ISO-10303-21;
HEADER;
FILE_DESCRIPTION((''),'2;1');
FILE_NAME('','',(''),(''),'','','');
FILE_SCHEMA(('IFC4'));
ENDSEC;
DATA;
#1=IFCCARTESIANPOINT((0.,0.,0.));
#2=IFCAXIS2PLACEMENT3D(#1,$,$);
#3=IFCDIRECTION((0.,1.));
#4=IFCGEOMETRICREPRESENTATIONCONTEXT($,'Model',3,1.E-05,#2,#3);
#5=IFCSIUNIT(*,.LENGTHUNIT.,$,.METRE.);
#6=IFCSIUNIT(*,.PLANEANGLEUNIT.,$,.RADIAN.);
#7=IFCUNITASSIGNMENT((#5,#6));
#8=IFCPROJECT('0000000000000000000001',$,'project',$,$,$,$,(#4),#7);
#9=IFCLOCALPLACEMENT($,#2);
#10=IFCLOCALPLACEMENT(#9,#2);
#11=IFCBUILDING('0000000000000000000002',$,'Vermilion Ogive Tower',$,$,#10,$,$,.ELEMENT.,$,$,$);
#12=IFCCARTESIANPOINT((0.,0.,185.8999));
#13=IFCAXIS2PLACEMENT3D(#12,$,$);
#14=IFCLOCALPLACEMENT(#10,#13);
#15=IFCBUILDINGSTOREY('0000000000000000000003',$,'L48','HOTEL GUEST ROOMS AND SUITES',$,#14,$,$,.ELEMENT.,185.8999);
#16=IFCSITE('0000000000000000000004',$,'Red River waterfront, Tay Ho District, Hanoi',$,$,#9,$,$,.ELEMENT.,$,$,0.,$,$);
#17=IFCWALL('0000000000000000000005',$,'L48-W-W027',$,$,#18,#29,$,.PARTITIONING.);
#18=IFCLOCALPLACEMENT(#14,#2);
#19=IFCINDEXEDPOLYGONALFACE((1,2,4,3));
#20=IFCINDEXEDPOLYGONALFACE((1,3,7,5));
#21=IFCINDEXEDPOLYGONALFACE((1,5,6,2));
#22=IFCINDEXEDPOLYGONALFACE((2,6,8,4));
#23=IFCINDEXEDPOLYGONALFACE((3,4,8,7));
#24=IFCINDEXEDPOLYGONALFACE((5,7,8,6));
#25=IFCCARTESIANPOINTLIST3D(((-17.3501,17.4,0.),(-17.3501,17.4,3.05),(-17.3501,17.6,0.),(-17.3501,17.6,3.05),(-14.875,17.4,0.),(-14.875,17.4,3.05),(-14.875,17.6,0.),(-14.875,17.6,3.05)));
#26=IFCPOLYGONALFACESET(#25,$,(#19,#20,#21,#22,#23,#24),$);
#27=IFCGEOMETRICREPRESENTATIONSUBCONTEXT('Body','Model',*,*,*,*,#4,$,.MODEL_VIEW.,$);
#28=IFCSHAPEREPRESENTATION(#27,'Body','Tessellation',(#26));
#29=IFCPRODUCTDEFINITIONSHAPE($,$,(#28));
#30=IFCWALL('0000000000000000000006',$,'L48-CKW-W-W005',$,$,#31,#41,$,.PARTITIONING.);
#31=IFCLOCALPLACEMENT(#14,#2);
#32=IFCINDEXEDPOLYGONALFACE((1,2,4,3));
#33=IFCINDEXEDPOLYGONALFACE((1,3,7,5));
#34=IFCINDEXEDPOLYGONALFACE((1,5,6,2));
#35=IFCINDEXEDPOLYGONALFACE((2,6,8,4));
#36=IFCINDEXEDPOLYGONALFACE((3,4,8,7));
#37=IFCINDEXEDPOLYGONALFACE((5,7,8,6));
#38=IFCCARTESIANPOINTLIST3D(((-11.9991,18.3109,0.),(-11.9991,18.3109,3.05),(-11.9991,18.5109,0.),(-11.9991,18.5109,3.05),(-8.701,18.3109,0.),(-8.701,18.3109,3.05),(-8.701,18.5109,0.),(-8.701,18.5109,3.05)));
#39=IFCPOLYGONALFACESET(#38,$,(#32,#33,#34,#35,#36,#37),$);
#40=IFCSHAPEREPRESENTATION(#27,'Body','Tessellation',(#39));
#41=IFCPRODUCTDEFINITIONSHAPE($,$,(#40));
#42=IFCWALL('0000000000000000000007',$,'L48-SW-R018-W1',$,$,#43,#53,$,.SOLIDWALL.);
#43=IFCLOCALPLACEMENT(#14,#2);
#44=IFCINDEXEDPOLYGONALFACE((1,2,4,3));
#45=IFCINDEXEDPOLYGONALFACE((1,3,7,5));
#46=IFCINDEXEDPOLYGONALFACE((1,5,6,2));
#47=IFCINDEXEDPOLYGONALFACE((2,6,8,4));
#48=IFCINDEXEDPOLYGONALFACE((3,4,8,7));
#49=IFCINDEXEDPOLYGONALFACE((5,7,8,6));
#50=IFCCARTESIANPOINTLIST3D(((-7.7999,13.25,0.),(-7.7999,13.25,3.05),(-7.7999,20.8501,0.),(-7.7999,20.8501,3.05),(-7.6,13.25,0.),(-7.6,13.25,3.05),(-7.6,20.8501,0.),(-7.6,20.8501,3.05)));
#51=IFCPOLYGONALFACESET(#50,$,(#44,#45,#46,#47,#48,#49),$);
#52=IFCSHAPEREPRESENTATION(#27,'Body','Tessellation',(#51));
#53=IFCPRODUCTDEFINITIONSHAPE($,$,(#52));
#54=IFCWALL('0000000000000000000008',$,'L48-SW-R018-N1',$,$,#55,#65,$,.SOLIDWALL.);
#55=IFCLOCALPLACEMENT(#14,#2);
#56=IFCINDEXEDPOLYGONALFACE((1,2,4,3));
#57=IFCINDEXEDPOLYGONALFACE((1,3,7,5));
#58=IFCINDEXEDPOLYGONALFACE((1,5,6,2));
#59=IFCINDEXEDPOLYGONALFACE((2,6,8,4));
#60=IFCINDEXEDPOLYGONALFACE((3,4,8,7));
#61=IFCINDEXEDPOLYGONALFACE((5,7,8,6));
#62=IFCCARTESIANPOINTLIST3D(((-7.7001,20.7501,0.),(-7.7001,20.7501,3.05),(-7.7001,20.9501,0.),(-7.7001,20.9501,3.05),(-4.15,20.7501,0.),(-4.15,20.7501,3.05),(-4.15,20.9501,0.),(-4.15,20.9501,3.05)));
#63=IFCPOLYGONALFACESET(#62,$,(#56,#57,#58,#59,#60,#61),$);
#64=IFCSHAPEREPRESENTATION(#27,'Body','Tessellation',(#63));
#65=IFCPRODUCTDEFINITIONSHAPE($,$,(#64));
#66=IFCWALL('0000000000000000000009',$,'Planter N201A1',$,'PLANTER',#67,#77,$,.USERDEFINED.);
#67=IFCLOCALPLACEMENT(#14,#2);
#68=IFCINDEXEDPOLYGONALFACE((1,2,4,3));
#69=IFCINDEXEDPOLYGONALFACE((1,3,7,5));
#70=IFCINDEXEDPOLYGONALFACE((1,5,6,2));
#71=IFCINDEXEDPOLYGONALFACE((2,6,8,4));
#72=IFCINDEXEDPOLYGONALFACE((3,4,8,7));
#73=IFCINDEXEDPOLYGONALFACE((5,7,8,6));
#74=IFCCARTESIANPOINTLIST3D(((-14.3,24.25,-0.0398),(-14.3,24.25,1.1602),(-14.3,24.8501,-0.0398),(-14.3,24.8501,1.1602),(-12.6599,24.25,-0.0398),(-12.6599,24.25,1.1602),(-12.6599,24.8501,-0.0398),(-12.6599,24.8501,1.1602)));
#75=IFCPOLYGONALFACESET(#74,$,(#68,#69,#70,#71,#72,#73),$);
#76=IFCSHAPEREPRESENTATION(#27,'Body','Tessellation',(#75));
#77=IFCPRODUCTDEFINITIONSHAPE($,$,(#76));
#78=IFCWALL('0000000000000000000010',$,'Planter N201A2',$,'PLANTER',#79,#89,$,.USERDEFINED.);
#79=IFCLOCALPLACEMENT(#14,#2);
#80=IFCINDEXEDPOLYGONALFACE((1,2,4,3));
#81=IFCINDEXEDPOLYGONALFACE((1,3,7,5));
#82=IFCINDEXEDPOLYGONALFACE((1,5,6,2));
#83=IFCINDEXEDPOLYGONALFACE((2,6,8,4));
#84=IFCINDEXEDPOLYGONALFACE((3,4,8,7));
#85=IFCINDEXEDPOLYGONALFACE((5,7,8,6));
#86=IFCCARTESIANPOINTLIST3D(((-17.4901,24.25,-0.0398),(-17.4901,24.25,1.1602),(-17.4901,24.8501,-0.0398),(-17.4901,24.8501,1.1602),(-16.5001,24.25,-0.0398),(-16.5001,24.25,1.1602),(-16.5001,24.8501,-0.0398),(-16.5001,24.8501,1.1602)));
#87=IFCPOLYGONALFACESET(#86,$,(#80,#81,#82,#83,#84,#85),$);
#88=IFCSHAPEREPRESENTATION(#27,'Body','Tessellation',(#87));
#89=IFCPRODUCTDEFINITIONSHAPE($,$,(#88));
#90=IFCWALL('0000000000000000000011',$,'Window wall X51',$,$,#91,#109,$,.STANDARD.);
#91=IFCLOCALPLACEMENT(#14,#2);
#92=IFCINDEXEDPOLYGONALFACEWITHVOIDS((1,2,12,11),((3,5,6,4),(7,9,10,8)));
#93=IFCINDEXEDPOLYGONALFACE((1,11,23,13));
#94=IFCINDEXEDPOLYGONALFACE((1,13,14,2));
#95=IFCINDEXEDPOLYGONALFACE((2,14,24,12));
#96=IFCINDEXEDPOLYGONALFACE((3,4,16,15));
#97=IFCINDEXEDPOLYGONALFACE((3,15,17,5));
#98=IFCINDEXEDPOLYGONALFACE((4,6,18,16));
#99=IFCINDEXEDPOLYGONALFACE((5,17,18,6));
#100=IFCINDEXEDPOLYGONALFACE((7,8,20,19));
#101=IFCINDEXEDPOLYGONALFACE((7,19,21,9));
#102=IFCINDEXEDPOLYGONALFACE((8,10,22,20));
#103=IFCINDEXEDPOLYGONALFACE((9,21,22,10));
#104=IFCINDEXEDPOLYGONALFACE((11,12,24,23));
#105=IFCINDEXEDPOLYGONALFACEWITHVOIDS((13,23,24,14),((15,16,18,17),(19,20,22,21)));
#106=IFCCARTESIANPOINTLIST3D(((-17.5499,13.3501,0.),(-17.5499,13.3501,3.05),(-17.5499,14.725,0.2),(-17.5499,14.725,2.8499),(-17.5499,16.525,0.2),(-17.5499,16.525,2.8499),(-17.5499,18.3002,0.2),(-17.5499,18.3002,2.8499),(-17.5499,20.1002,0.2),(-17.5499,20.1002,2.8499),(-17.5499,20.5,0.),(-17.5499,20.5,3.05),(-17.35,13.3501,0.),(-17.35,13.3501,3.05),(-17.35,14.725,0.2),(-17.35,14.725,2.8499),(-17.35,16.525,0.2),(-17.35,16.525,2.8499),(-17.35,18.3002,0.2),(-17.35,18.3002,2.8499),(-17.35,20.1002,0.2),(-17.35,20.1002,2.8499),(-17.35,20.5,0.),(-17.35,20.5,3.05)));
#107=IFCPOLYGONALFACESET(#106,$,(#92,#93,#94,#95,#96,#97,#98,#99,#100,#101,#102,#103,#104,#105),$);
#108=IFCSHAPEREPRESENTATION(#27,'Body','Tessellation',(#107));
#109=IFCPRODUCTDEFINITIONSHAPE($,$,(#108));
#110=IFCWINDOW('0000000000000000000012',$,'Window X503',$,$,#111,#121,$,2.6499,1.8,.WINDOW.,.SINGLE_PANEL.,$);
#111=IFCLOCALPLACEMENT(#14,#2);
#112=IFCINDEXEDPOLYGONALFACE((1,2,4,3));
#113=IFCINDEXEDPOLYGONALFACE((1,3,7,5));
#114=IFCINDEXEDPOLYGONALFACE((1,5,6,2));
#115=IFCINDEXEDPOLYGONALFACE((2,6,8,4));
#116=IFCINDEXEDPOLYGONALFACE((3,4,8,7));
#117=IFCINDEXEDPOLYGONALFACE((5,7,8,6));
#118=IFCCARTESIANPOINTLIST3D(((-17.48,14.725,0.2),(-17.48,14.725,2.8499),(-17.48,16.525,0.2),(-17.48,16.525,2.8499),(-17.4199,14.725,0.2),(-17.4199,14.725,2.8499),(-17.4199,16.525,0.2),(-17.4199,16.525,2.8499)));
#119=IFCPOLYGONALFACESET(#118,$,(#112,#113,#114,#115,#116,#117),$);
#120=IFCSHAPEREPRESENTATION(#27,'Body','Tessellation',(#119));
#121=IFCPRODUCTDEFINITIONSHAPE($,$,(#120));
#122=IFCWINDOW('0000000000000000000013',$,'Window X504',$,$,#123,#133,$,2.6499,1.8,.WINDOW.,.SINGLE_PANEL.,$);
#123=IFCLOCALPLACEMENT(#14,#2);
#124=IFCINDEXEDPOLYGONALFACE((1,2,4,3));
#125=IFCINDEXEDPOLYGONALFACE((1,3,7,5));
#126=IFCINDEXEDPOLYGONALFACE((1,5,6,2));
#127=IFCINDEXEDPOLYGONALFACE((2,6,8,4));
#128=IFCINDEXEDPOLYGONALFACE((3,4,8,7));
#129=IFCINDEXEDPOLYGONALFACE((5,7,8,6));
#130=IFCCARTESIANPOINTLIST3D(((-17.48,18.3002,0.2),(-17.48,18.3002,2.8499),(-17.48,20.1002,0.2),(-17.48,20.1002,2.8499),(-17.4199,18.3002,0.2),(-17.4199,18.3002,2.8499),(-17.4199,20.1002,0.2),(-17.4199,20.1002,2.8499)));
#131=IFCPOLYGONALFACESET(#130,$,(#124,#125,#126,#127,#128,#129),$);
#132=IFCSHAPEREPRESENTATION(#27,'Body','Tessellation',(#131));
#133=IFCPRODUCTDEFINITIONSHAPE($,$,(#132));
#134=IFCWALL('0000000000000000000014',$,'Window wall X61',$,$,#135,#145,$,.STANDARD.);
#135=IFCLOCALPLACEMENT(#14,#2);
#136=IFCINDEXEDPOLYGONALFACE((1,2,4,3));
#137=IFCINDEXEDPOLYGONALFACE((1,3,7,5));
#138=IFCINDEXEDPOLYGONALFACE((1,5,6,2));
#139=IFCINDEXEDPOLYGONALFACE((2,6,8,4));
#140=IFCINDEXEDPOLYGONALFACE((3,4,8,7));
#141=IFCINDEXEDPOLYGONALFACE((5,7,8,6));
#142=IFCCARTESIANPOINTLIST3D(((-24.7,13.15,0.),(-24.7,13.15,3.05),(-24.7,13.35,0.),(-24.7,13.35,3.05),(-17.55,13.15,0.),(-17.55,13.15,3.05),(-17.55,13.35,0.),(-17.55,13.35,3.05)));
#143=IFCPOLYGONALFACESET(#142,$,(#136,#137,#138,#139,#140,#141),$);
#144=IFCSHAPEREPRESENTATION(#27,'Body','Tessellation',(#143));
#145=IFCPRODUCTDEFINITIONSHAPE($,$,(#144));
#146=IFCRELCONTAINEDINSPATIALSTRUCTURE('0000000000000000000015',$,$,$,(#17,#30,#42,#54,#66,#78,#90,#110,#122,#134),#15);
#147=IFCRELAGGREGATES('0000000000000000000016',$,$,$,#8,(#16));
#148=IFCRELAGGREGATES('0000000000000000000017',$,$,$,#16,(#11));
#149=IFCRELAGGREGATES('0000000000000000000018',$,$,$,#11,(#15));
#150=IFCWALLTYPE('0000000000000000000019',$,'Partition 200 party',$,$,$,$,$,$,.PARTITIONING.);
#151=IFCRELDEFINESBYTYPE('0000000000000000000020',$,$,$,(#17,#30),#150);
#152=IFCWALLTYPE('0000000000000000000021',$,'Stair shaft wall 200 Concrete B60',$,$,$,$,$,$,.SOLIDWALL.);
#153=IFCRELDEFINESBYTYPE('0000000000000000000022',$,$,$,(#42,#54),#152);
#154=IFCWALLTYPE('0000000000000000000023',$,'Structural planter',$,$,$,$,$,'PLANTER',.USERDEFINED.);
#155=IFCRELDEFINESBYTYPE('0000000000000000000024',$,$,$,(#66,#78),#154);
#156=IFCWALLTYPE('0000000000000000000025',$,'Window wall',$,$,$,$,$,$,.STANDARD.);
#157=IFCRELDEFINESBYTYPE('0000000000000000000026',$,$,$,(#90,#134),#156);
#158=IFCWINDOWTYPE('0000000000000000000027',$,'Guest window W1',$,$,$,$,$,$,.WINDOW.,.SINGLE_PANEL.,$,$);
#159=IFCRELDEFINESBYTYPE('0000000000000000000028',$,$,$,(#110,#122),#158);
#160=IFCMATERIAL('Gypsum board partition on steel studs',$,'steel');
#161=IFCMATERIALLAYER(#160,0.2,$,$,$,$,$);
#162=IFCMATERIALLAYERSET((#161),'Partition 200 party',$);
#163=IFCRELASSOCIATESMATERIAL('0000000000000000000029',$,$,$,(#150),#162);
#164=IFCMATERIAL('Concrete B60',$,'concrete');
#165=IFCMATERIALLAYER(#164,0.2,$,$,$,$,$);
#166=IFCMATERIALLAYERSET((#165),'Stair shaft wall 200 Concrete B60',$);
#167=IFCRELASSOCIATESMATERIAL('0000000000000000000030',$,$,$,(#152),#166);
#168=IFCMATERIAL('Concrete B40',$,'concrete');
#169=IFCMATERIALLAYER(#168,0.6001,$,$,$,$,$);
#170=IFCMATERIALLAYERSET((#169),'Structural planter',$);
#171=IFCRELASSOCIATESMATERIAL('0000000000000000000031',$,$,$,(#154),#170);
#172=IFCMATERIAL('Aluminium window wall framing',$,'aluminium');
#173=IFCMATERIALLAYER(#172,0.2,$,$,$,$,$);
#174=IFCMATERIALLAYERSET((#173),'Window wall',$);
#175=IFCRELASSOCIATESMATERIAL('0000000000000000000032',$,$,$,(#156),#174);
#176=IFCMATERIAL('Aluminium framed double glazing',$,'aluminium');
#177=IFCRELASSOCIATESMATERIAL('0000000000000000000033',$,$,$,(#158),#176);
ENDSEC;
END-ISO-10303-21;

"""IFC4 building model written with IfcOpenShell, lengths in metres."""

from ifc_helpers import new_model, si_unit, direction, frame, frame_2d, origin, place, context, subcontext, project, spatial, rectangle, extrude, material, layer, layer_set, type_object, element, fill, save


model = new_model("IFC4")

# Units and contexts
model_context = context("Model", 3, precision=1e-05, world=origin(), true_north=direction((0.0, 1.0)))
body_context = subcontext(model_context, "Body", "Model", "MODEL_VIEW")
ifc_project = project(units=[si_unit("LENGTHUNIT", "METRE"), si_unit("PLANEANGLEUNIT", "RADIAN")], contexts=[model_context])

# Site, building, storey
site_placement = place(None, origin())
site = spatial("IfcSite", under=ifc_project, at=site_placement, Name="Red River waterfront, Tay Ho District, Hanoi", CompositionType="ELEMENT", RefElevation=0.0)
building_placement = place(site_placement, origin())
building = spatial("IfcBuilding", under=site, at=building_placement, Name="Vermilion Ogive Tower", CompositionType="ELEMENT")
storey_placement = place(building_placement, frame((0.0, 0.0, 185.8999)))
storey = spatial("IfcBuildingStorey", under=building, at=storey_placement, Name="L48", Description="HOTEL GUEST ROOMS AND SUITES", CompositionType="ELEMENT", Elevation=185.8999)

# Walls
ifc_material_1 = material(Name="Gypsum board partition on steel studs", Category="steel")
ifc_layer_1 = layer(ifc_material_1, 0.2)
ifc_layer_set_1 = layer_set([ifc_layer_1], Name="Partition 200 party")
wall_type_1 = type_object("IfcWallType", Name="Partition 200 party", PredefinedType="PARTITIONING", material=ifc_layer_set_1)
for number, where, z_axis, x_axis, name in (
    (1, (-17.3501, 17.5, 0.0), (0.0, 0.0, 1.0), (1.0, 0.0, 0.0), "L48-W-W027"),
):
    element("IfcWall", number, at=place(storey_placement, frame(where, z_axis=z_axis, x_axis=x_axis)), inside=storey, type_object=wall_type_1, Name=name, PredefinedType="PARTITIONING", context=body_context, shape_type="SweptSolid", body=[
        extrude(rectangle(XDim=2.4751, YDim=0.2, at=frame_2d((1.2375, 0.0))), origin(), (0.0, 0.0, 1.0), 3.05),
    ])
wall_1_placement = place(storey_placement, frame((-11.999, 18.4109, 0.0), z_axis=(0.0, 0.0, 1.0), x_axis=(1.0, 0.0, 0.0)))
element("IfcWall", 2, at=wall_1_placement, inside=storey, type_object=wall_type_1, Name="L48-CKW-W-W005", PredefinedType="PARTITIONING", context=body_context, shape_type="SweptSolid", body=[
    extrude(rectangle(XDim=3.2981, YDim=0.2, at=frame_2d((1.6489, 0.0))), origin(), (0.0, 0.0, 1.0), 3.05),
])
ifc_material_2 = material(Name="Concrete B60", Category="concrete")
ifc_layer_2 = layer(ifc_material_2, 0.2)
ifc_layer_set_2 = layer_set([ifc_layer_2], Name="Stair shaft wall 200 Concrete B60")
wall_type_2 = type_object("IfcWallType", Name="Stair shaft wall 200 Concrete B60", PredefinedType="SOLIDWALL", material=ifc_layer_set_2)
wall_2_placement = place(storey_placement, frame((-7.7, 13.25, 0.0), z_axis=(0.0, 0.0, 1.0), x_axis=(0.0, 1.0, 0.0)))
element("IfcWall", 3, at=wall_2_placement, inside=storey, type_object=wall_type_2, Name="L48-SW-R018-W1", PredefinedType="SOLIDWALL", context=body_context, shape_type="SweptSolid", body=[
    extrude(rectangle(XDim=7.6001, YDim=0.2, at=frame_2d((3.8, 0.0))), origin(), (0.0, 0.0, 1.0), 3.05),
])
wall_3_placement = place(storey_placement, frame((-7.7, 20.8501, 0.0), z_axis=(0.0, 0.0, 1.0), x_axis=(1.0, 0.0, 0.0)))
element("IfcWall", 4, at=wall_3_placement, inside=storey, type_object=wall_type_2, Name="L48-SW-R018-N1", PredefinedType="SOLIDWALL", context=body_context, shape_type="SweptSolid", body=[
    extrude(rectangle(XDim=3.55, YDim=0.2, at=frame_2d((1.7749, 0.0))), origin(), (0.0, 0.0, 1.0), 3.05),
])
ifc_material_3 = material(Name="Concrete B40", Category="concrete")
ifc_layer_3 = layer(ifc_material_3, 0.6001)
ifc_layer_set_3 = layer_set([ifc_layer_3], Name="Structural planter")
wall_type_3 = type_object("IfcWallType", Name="Structural planter", ElementType="PLANTER", PredefinedType="USERDEFINED", material=ifc_layer_set_3)
wall_4_placement = place(storey_placement, frame((-12.6599, 24.55, -0.0398), z_axis=(0.0, 0.0, 1.0), x_axis=(-1.0, 0.0, 0.0)))
element("IfcWall", 5, at=wall_4_placement, inside=storey, type_object=wall_type_3, Name="Planter N201A1", ObjectType="PLANTER", PredefinedType="USERDEFINED", context=body_context, shape_type="SweptSolid", body=[
    extrude(rectangle(XDim=1.6401, YDim=0.6001, at=frame_2d((0.8201, 0.0))), origin(), (0.0, 0.0, 1.0), 1.2),
])
wall_5_placement = place(storey_placement, frame((-16.5, 24.55, -0.0398), z_axis=(0.0, 0.0, 1.0), x_axis=(-1.0, 0.0, 0.0)))
element("IfcWall", 6, at=wall_5_placement, inside=storey, type_object=wall_type_3, Name="Planter N201A2", ObjectType="PLANTER", PredefinedType="USERDEFINED", context=body_context, shape_type="SweptSolid", body=[
    extrude(rectangle(XDim=0.99, YDim=0.6001, at=frame_2d((0.4951, 0.0))), origin(), (0.0, 0.0, 1.0), 1.2),
])

# Shared definitions
ifc_material_4 = material(Name="Aluminium window wall framing", Category="aluminium")
ifc_layer_4 = layer(ifc_material_4, 0.2)
ifc_layer_set_4 = layer_set([ifc_layer_4], Name="Window wall")
wall_type_4 = type_object("IfcWallType", Name="Window wall", PredefinedType="STANDARD", material=ifc_layer_set_4)
ifc_material_5 = material(Name="Aluminium framed double glazing", Category="aluminium")
window_type = type_object("IfcWindowType", Name="Guest window W1", PartitioningType="SINGLE_PANEL", PredefinedType="WINDOW", material=ifc_material_5)

# Wall, openings, windows
wall_6_placement = place(storey_placement, frame((-17.45, 20.5, 0.0), z_axis=(0.0, 0.0, 1.0), x_axis=(0.0, -1.0, 0.0)))
wall_6 = element("IfcWall", 7, at=wall_6_placement, inside=storey, type_object=wall_type_4, Name="Window wall X51", PredefinedType="STANDARD", context=body_context, shape_type="SweptSolid", body=[
    extrude(rectangle(XDim=7.1499, YDim=0.2, at=frame_2d((3.575, 0.0))), origin(), (0.0, 0.0, 1.0), 3.05),
])
opening_1_placement = place(wall_6_placement, frame((3.9751, 0.0, 0.2)))
opening_1 = element("IfcOpeningElement", 8, at=opening_1_placement, cuts=wall_6, PredefinedType="OPENING", context=body_context, shape_type="SweptSolid", body=[
    extrude(rectangle(XDim=1.8, YDim=2.6499, at=frame_2d((0.8999, 1.325))), frame((0.0, 0.1099, 0.0), z_axis=(0.0, -1.0, 0.0), x_axis=(1.0, 0.0, 0.0)), (0.0, 0.0, 1.0), 0.22),
])
opening_2_placement = place(wall_6_placement, frame((0.3999, 0.0, 0.2)))
opening_2 = element("IfcOpeningElement", 9, at=opening_2_placement, cuts=wall_6, PredefinedType="OPENING", context=body_context, shape_type="SweptSolid", body=[
    extrude(rectangle(XDim=1.8, YDim=2.6499, at=frame_2d((0.8999, 1.325))), frame((0.0, 0.1099, 0.0), z_axis=(0.0, -1.0, 0.0), x_axis=(1.0, 0.0, 0.0)), (0.0, 0.0, 1.0), 0.22),
])
window_1_placement = place(opening_1_placement, origin())
window_1 = element("IfcWindow", 10, at=window_1_placement, inside=storey, type_object=window_type, Name="Window X503", OverallHeight=2.6499, OverallWidth=1.8, PartitioningType="SINGLE_PANEL", PredefinedType="WINDOW", context=body_context, shape_type="SweptSolid", body=[
    extrude(rectangle(XDim=1.8, YDim=2.6499, at=frame_2d((0.8999, 1.325))), frame((0.0, 0.03, 0.0), z_axis=(0.0, -1.0, 0.0), x_axis=(1.0, 0.0, 0.0)), (0.0, 0.0, 1.0), 0.0601),
])
fill(opening_1, window_1)
window_2_placement = place(opening_2_placement, origin())
window_2 = element("IfcWindow", 11, at=window_2_placement, inside=storey, type_object=window_type, Name="Window X504", OverallHeight=2.6499, OverallWidth=1.8, PartitioningType="SINGLE_PANEL", PredefinedType="WINDOW", context=body_context, shape_type="SweptSolid", body=[
    extrude(rectangle(XDim=1.8, YDim=2.6499, at=frame_2d((0.8999, 1.325))), frame((0.0, 0.03, 0.0), z_axis=(0.0, -1.0, 0.0), x_axis=(1.0, 0.0, 0.0)), (0.0, 0.0, 1.0), 0.0601),
])
fill(opening_2, window_2)

# Wall
wall_7_placement = place(storey_placement, frame((-17.55, 13.25, 0.0), z_axis=(0.0, 0.0, 1.0), x_axis=(-1.0, 0.0, 0.0)))
element("IfcWall", 12, at=wall_7_placement, inside=storey, type_object=wall_type_4, Name="Window wall X61", PredefinedType="STANDARD", context=body_context, shape_type="SweptSolid", body=[
    extrude(rectangle(XDim=7.1499, YDim=0.2, at=frame_2d((3.575, 0.0))), origin(), (0.0, 0.0, 1.0), 3.05),
])

save(model, "model.ifc")
